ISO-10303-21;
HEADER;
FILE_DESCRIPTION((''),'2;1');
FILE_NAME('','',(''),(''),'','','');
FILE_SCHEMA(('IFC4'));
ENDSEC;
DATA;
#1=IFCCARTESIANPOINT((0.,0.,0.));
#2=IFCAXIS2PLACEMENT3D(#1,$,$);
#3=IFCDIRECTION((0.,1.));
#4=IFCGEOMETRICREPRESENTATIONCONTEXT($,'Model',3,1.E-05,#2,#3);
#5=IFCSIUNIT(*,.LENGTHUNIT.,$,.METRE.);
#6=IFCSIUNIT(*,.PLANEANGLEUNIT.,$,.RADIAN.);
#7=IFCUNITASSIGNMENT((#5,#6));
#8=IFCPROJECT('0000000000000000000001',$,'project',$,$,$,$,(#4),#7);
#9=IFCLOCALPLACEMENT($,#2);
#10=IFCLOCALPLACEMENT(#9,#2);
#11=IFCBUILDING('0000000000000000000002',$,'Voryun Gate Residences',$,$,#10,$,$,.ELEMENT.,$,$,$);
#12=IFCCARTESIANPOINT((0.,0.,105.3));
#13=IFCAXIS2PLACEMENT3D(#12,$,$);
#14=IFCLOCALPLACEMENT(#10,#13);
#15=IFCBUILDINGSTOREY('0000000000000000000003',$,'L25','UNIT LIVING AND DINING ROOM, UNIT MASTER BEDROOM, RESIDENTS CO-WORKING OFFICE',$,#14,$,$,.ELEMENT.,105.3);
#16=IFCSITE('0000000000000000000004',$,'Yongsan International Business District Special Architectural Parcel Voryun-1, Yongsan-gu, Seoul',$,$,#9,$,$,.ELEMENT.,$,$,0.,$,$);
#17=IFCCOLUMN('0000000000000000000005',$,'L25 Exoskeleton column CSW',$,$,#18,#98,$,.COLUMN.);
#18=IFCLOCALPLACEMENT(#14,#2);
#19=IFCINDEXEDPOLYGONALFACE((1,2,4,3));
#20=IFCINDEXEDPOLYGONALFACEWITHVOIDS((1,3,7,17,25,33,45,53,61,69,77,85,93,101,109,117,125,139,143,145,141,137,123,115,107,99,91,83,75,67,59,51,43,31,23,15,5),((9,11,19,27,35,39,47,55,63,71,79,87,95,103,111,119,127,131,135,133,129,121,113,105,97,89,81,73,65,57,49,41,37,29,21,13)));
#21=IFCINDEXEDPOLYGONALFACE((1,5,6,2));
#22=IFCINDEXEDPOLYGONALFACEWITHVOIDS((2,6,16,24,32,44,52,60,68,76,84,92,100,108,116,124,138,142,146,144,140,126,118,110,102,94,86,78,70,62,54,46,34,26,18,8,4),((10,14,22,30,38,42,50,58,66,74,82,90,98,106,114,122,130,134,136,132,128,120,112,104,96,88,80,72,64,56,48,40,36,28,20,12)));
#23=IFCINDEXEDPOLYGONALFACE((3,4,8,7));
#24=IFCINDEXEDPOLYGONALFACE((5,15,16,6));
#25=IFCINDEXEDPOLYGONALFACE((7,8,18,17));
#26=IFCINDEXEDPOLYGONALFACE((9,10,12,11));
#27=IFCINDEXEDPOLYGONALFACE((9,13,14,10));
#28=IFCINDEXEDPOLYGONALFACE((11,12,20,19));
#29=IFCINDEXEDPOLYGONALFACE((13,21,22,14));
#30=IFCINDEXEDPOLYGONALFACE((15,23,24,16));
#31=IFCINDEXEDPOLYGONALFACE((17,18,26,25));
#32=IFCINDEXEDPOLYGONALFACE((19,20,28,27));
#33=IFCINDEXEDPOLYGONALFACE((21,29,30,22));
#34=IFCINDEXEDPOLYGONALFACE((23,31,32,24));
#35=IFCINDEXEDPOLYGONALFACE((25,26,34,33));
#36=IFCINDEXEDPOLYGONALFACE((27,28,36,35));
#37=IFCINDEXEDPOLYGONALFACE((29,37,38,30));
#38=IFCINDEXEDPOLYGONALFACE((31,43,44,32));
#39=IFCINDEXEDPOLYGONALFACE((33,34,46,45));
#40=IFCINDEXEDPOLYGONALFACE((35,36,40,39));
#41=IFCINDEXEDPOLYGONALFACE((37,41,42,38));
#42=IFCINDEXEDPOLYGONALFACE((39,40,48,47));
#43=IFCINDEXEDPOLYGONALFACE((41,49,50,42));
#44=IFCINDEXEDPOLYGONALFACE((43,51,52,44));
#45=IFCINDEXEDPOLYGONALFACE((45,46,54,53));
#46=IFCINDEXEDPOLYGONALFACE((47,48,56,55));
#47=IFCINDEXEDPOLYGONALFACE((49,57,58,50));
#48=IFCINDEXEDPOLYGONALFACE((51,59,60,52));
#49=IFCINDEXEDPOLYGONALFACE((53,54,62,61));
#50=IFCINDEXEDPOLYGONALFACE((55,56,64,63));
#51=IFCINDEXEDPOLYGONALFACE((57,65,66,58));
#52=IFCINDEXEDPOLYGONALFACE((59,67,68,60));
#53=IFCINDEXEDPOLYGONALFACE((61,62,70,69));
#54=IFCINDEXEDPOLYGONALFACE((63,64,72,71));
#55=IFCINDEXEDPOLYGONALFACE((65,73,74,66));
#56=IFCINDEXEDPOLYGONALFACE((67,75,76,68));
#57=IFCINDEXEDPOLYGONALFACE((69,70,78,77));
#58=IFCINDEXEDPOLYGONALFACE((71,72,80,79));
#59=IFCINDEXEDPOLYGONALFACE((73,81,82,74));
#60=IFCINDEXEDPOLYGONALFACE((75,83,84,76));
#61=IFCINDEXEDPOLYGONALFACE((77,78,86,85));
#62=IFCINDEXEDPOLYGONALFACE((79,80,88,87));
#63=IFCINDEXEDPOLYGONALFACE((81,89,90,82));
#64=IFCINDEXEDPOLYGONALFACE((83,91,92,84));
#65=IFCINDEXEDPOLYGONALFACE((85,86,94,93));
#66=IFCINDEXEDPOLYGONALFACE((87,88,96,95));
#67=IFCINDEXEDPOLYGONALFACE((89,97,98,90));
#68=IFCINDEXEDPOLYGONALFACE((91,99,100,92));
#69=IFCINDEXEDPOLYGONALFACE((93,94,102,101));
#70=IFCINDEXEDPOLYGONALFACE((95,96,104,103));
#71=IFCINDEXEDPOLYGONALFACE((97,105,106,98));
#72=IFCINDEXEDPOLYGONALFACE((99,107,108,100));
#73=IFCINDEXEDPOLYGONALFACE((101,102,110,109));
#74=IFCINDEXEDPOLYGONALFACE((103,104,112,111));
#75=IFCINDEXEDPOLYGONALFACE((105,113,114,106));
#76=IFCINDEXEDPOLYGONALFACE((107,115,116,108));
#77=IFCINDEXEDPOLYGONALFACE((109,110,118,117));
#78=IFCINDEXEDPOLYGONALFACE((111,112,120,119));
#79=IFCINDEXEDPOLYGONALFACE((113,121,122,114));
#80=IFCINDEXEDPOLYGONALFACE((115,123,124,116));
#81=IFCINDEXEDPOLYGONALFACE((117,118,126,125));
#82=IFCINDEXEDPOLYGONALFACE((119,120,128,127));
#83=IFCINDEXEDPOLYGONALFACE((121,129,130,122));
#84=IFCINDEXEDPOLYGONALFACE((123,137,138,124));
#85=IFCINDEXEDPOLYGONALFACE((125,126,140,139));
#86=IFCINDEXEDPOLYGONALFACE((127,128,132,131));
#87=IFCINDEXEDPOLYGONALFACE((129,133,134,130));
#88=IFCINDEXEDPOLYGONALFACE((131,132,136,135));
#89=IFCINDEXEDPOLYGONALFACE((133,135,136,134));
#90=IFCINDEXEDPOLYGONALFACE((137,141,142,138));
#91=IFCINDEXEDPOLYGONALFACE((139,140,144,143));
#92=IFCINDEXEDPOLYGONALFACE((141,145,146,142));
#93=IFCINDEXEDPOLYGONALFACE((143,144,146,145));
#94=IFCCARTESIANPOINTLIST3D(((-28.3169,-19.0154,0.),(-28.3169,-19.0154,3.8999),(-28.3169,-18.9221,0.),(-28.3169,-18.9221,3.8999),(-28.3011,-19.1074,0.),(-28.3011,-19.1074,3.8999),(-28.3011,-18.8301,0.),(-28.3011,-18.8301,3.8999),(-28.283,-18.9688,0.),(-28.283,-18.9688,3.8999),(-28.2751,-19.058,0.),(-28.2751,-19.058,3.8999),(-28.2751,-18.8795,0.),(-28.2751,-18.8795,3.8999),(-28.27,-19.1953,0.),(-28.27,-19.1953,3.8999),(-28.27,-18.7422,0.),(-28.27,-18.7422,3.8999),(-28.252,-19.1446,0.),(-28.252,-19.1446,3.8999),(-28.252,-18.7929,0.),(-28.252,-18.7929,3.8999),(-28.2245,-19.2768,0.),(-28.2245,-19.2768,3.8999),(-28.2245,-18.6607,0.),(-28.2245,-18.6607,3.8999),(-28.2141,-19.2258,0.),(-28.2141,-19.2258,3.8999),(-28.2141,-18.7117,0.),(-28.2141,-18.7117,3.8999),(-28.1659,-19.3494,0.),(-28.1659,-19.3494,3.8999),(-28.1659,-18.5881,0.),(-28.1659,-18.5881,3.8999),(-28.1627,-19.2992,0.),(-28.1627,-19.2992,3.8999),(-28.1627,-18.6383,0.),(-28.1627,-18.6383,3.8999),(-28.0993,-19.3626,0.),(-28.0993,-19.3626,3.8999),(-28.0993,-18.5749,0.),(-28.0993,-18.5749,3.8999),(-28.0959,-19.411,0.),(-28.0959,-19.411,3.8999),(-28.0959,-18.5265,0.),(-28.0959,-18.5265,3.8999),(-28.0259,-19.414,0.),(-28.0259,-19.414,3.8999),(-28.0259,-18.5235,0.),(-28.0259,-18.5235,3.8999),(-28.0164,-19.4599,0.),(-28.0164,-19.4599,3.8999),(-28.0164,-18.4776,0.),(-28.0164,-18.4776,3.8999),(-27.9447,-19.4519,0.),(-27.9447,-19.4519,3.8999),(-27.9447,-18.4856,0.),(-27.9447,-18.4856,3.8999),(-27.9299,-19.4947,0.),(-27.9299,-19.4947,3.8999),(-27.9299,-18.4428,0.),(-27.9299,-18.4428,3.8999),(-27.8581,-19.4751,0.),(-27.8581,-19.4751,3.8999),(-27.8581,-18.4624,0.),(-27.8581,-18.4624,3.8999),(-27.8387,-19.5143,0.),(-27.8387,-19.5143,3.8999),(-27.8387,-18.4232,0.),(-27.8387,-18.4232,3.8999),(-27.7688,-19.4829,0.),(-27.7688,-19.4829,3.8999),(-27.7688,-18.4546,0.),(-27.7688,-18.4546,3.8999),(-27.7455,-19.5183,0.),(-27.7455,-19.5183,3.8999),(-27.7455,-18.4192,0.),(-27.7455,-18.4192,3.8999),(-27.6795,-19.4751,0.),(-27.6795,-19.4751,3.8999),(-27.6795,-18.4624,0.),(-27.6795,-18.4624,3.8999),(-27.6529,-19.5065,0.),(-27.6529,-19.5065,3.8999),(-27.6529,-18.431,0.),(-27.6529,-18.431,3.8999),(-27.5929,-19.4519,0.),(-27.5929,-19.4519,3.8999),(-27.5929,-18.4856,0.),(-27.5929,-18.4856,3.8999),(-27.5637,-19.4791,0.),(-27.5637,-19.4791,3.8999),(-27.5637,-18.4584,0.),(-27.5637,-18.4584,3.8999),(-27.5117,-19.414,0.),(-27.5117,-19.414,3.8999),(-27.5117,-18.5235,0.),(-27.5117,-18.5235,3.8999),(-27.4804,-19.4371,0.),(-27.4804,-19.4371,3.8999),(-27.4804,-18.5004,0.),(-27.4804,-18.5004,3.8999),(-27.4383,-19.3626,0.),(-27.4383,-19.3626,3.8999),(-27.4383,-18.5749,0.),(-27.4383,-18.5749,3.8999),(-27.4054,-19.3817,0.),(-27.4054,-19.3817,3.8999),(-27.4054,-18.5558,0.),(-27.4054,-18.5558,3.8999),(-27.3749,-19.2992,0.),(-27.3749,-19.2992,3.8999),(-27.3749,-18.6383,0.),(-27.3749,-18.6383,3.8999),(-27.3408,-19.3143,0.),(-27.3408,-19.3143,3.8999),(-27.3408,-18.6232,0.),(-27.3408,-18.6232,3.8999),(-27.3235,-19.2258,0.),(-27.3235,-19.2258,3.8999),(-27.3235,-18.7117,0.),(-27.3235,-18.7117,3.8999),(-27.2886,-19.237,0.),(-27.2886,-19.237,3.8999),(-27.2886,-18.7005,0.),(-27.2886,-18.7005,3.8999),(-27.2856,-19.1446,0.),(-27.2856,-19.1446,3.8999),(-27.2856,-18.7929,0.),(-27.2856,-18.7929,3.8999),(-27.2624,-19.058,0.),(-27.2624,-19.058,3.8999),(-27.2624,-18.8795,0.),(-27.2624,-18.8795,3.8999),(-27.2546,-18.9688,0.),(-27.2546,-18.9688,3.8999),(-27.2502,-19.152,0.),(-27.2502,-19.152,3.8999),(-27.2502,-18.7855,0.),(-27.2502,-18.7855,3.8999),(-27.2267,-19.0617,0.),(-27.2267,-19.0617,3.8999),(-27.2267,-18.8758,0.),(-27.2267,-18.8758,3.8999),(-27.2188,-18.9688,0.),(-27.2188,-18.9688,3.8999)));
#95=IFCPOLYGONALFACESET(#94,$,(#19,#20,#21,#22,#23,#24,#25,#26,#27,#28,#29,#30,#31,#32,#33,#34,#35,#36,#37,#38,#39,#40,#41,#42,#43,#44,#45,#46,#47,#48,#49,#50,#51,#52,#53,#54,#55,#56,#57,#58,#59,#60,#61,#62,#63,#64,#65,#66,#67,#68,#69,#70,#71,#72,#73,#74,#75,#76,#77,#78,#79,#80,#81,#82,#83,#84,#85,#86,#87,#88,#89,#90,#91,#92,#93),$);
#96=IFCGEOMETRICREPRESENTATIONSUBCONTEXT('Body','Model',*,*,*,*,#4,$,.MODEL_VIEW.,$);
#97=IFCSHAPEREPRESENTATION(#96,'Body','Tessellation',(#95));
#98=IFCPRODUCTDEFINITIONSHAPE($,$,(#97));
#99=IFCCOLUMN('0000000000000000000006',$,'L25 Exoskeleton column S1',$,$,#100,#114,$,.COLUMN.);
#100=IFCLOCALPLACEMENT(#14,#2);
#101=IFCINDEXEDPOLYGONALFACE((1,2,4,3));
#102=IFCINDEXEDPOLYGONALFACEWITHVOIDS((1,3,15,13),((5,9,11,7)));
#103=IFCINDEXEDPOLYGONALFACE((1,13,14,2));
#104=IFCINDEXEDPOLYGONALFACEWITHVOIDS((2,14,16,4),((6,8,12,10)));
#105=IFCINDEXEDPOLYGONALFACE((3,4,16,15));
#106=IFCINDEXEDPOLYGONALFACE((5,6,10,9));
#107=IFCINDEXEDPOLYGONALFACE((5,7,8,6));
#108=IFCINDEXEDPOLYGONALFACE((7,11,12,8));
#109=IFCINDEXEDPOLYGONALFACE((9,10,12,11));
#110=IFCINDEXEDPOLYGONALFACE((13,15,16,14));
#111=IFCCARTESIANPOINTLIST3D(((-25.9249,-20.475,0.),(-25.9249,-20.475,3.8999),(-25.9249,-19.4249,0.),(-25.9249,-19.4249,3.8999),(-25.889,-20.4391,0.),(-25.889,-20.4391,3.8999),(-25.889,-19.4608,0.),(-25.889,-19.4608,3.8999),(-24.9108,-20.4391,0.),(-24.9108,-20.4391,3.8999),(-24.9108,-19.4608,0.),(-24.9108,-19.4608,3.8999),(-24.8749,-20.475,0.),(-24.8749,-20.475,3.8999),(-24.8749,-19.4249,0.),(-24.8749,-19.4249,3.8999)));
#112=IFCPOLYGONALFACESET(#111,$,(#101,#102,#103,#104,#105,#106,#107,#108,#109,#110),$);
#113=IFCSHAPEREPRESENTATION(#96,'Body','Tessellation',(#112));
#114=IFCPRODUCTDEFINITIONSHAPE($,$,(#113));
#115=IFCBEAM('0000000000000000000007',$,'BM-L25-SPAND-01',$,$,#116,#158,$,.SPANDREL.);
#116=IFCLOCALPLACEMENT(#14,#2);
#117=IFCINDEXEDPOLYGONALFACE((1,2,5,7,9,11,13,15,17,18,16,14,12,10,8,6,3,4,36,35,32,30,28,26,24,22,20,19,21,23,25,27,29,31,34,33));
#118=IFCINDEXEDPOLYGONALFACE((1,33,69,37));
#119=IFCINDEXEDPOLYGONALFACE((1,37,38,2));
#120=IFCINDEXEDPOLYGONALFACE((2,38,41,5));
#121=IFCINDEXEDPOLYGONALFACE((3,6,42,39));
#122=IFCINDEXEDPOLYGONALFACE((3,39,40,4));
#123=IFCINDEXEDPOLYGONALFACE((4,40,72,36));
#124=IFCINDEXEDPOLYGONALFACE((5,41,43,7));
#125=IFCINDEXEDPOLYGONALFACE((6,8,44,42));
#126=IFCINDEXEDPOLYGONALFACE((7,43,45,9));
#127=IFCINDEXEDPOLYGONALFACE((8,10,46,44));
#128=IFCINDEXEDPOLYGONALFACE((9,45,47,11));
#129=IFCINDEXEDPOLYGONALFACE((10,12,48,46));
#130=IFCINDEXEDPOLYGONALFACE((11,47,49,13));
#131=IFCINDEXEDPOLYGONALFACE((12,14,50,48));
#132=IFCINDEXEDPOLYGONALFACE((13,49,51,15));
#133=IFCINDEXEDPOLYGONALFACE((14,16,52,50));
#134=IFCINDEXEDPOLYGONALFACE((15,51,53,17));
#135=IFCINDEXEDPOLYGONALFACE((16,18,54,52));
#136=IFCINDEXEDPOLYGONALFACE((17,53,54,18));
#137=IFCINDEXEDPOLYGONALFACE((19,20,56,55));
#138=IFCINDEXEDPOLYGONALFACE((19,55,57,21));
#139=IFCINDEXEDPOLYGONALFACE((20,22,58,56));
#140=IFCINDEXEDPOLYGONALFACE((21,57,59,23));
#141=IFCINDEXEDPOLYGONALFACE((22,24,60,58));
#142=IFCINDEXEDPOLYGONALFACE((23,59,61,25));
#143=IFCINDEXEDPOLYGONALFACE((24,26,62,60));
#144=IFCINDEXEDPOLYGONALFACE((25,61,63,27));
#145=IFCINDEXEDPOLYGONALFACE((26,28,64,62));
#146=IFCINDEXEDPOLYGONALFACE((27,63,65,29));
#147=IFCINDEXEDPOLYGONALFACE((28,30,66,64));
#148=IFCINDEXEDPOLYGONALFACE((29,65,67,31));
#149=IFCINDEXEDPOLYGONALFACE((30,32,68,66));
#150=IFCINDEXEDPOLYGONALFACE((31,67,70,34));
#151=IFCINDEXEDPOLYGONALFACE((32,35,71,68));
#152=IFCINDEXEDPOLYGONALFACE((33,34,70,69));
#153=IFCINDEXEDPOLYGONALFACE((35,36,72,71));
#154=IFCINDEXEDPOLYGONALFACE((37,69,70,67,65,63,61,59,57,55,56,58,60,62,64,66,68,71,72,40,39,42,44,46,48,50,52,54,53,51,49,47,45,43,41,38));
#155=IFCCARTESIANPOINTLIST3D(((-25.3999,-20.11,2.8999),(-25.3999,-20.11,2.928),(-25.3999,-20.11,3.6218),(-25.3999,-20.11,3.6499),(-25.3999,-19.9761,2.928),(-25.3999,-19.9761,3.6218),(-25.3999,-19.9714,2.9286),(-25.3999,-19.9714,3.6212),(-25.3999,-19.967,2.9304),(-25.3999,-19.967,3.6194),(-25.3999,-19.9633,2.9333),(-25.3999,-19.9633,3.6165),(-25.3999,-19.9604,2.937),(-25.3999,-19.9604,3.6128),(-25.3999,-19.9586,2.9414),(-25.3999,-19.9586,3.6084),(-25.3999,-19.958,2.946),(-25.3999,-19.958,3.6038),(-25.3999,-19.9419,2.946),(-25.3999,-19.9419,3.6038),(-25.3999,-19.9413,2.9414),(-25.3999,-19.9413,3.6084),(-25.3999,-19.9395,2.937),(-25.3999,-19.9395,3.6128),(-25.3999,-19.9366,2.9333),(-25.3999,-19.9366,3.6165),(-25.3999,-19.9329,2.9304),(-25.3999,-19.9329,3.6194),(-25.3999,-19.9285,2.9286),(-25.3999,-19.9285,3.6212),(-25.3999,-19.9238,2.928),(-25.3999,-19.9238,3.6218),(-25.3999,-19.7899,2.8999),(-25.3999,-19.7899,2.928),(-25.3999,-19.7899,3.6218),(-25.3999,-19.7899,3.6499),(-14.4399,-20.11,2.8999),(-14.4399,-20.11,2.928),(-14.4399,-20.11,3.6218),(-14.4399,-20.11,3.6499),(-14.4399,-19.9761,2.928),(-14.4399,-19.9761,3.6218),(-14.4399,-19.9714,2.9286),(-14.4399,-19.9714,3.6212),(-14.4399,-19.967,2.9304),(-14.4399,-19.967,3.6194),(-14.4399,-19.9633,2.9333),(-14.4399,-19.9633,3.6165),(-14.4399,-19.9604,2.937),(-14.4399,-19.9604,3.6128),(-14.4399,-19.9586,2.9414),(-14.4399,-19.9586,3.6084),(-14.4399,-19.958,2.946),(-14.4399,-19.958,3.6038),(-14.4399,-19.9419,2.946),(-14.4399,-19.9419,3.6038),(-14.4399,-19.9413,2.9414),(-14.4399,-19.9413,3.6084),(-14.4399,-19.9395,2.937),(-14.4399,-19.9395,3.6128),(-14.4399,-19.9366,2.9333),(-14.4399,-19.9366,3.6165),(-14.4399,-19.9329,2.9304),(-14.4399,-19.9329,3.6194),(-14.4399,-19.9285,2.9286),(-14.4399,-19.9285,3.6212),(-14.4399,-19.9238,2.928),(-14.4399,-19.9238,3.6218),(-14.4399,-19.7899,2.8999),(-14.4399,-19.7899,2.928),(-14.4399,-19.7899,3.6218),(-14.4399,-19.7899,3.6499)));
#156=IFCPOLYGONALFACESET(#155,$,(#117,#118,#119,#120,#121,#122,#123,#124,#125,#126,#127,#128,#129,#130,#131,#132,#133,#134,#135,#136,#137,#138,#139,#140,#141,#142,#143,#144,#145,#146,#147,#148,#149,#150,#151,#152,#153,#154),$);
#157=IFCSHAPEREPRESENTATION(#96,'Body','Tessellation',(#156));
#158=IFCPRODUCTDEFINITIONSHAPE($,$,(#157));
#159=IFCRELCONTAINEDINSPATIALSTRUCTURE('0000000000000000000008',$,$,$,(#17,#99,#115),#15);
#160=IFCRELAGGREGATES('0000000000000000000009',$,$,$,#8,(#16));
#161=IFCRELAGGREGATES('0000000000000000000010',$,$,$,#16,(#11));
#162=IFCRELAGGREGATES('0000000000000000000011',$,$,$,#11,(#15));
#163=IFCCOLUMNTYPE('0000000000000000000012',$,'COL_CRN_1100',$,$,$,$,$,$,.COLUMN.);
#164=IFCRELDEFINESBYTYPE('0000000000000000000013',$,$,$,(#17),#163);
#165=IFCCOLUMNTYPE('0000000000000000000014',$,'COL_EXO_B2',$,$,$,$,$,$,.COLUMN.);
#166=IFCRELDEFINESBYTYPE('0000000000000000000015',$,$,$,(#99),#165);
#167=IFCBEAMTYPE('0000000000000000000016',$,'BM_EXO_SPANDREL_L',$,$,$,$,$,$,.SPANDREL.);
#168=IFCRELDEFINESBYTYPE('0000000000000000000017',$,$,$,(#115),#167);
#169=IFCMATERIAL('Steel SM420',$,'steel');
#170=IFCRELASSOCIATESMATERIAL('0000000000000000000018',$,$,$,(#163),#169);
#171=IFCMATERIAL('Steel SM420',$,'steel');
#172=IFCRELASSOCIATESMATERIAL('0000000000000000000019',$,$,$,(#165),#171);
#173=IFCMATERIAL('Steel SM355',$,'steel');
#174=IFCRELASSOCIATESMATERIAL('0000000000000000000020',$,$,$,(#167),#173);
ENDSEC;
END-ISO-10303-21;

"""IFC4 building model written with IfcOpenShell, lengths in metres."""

from ifc_helpers import new_model, si_unit, direction, frame, origin, origin_2d, place, context, subcontext, project, spatial, hollow_rectangle, hollow_circle, i_section, extrude, material, material_profile, profile_set, type_object, element, save


model = new_model("IFC4")

# Units and contexts
model_context = context("Model", 3, precision=1e-05, world=origin(), true_north=direction((0.0, 1.0)))
body_context = subcontext(model_context, "Body", "Model", "MODEL_VIEW")
ifc_project = project(units=[si_unit("LENGTHUNIT", "METRE"), si_unit("PLANEANGLEUNIT", "RADIAN")], contexts=[model_context])

# Site, building, storey
site_placement = place(None, origin())
site = spatial("IfcSite", under=ifc_project, at=site_placement, Name="Yongsan International Business District Special Architectural Parcel Voryun-1, Yongsan-gu, Seoul", CompositionType="ELEMENT", RefElevation=0.0)
building_placement = place(site_placement, origin())
building = spatial("IfcBuilding", under=site, at=building_placement, Name="Voryun Gate Residences", CompositionType="ELEMENT")
storey_placement = place(building_placement, frame((0.0, 0.0, 105.3)))
storey = spatial("IfcBuildingStorey", under=building, at=storey_placement, Name="L25", Description="UNIT LIVING AND DINING ROOM, UNIT MASTER BEDROOM, RESIDENTS CO-WORKING OFFICE", CompositionType="ELEMENT", Elevation=105.3)

# Columns
ifc_material_1 = material(Name="Steel SM420", Category="steel")
ifc_material_profile_1 = material_profile(ifc_material_1, hollow_circle(Radius=0.55, WallThickness=0.0359, at=origin_2d()), Name="CHS-1100x36")
ifc_profile_set_1 = profile_set([ifc_material_profile_1], Name="Steel SM420")
column_type_1 = type_object("IfcColumnType", Name="COL_CRN_1100", PredefinedType="COLUMN", material=ifc_profile_set_1)
column_1_placement = place(storey_placement, frame((-27.7688, -18.9688, 0.0), z_axis=(0.0, 0.0, 1.0), x_axis=(1.0, 0.0, 0.0)))
element("IfcColumn", 1, at=column_1_placement, inside=storey, type_object=column_type_1, Name="L25 Exoskeleton column CSW", PredefinedType="COLUMN", context=body_context, shape_type="SweptSolid", body=[
    extrude(hollow_circle(Radius=0.55, WallThickness=0.0359, at=origin_2d()), origin(), (0.0, 0.0, 1.0), 3.8999),
])
ifc_material_2 = material(Name="Steel SM420", Category="steel")
ifc_material_profile_2 = material_profile(ifc_material_2, hollow_rectangle(XDim=1.05, YDim=1.05, WallThickness=0.0359, at=origin_2d()), Name="BOX-1050x1050x36")
ifc_profile_set_2 = profile_set([ifc_material_profile_2], Name="Steel SM420")
column_type_2 = type_object("IfcColumnType", Name="COL_EXO_B2", PredefinedType="COLUMN", material=ifc_profile_set_2)
column_2_placement = place(storey_placement, frame((-25.3999, -19.95, 0.0), z_axis=(0.0, 0.0, 1.0), x_axis=(1.0, 0.0, 0.0)))
element("IfcColumn", 2, at=column_2_placement, inside=storey, type_object=column_type_2, Name="L25 Exoskeleton column S1", PredefinedType="COLUMN", context=body_context, shape_type="SweptSolid", body=[
    extrude(hollow_rectangle(XDim=1.05, YDim=1.05, WallThickness=0.0359, at=origin_2d()), origin(), (0.0, 0.0, 1.0), 3.8999),
])

# Beam
ifc_material_3 = material(Name="Steel SM355", Category="steel")
ifc_material_profile_3 = material_profile(ifc_material_3, i_section(OverallWidth=0.3201, OverallDepth=0.75, WebThickness=0.0161, FlangeThickness=0.0281, FilletRadius=0.0181, at=origin_2d()), Name="H-750x320x16x28")
ifc_profile_set_3 = profile_set([ifc_material_profile_3], Name="Steel SM355")
beam_type = type_object("IfcBeamType", Name="BM_EXO_SPANDREL_L", PredefinedType="SPANDREL", material=ifc_profile_set_3)
beam_1_placement = place(storey_placement, frame((-25.3999, -19.95, 3.2749), z_axis=(1.0, 0.0, 0.0), x_axis=(0.0, 1.0, 0.0)))
element("IfcBeam", 3, at=beam_1_placement, inside=storey, type_object=beam_type, Name="BM-L25-SPAND-01", PredefinedType="SPANDREL", context=body_context, shape_type="SweptSolid", body=[
    extrude(i_section(OverallWidth=0.3201, OverallDepth=0.75, WebThickness=0.0161, FlangeThickness=0.0281, FilletRadius=0.0181, at=origin_2d()), origin(), (0.0, 0.0, 1.0), 10.96),
])

save(model, "model.ifc")
